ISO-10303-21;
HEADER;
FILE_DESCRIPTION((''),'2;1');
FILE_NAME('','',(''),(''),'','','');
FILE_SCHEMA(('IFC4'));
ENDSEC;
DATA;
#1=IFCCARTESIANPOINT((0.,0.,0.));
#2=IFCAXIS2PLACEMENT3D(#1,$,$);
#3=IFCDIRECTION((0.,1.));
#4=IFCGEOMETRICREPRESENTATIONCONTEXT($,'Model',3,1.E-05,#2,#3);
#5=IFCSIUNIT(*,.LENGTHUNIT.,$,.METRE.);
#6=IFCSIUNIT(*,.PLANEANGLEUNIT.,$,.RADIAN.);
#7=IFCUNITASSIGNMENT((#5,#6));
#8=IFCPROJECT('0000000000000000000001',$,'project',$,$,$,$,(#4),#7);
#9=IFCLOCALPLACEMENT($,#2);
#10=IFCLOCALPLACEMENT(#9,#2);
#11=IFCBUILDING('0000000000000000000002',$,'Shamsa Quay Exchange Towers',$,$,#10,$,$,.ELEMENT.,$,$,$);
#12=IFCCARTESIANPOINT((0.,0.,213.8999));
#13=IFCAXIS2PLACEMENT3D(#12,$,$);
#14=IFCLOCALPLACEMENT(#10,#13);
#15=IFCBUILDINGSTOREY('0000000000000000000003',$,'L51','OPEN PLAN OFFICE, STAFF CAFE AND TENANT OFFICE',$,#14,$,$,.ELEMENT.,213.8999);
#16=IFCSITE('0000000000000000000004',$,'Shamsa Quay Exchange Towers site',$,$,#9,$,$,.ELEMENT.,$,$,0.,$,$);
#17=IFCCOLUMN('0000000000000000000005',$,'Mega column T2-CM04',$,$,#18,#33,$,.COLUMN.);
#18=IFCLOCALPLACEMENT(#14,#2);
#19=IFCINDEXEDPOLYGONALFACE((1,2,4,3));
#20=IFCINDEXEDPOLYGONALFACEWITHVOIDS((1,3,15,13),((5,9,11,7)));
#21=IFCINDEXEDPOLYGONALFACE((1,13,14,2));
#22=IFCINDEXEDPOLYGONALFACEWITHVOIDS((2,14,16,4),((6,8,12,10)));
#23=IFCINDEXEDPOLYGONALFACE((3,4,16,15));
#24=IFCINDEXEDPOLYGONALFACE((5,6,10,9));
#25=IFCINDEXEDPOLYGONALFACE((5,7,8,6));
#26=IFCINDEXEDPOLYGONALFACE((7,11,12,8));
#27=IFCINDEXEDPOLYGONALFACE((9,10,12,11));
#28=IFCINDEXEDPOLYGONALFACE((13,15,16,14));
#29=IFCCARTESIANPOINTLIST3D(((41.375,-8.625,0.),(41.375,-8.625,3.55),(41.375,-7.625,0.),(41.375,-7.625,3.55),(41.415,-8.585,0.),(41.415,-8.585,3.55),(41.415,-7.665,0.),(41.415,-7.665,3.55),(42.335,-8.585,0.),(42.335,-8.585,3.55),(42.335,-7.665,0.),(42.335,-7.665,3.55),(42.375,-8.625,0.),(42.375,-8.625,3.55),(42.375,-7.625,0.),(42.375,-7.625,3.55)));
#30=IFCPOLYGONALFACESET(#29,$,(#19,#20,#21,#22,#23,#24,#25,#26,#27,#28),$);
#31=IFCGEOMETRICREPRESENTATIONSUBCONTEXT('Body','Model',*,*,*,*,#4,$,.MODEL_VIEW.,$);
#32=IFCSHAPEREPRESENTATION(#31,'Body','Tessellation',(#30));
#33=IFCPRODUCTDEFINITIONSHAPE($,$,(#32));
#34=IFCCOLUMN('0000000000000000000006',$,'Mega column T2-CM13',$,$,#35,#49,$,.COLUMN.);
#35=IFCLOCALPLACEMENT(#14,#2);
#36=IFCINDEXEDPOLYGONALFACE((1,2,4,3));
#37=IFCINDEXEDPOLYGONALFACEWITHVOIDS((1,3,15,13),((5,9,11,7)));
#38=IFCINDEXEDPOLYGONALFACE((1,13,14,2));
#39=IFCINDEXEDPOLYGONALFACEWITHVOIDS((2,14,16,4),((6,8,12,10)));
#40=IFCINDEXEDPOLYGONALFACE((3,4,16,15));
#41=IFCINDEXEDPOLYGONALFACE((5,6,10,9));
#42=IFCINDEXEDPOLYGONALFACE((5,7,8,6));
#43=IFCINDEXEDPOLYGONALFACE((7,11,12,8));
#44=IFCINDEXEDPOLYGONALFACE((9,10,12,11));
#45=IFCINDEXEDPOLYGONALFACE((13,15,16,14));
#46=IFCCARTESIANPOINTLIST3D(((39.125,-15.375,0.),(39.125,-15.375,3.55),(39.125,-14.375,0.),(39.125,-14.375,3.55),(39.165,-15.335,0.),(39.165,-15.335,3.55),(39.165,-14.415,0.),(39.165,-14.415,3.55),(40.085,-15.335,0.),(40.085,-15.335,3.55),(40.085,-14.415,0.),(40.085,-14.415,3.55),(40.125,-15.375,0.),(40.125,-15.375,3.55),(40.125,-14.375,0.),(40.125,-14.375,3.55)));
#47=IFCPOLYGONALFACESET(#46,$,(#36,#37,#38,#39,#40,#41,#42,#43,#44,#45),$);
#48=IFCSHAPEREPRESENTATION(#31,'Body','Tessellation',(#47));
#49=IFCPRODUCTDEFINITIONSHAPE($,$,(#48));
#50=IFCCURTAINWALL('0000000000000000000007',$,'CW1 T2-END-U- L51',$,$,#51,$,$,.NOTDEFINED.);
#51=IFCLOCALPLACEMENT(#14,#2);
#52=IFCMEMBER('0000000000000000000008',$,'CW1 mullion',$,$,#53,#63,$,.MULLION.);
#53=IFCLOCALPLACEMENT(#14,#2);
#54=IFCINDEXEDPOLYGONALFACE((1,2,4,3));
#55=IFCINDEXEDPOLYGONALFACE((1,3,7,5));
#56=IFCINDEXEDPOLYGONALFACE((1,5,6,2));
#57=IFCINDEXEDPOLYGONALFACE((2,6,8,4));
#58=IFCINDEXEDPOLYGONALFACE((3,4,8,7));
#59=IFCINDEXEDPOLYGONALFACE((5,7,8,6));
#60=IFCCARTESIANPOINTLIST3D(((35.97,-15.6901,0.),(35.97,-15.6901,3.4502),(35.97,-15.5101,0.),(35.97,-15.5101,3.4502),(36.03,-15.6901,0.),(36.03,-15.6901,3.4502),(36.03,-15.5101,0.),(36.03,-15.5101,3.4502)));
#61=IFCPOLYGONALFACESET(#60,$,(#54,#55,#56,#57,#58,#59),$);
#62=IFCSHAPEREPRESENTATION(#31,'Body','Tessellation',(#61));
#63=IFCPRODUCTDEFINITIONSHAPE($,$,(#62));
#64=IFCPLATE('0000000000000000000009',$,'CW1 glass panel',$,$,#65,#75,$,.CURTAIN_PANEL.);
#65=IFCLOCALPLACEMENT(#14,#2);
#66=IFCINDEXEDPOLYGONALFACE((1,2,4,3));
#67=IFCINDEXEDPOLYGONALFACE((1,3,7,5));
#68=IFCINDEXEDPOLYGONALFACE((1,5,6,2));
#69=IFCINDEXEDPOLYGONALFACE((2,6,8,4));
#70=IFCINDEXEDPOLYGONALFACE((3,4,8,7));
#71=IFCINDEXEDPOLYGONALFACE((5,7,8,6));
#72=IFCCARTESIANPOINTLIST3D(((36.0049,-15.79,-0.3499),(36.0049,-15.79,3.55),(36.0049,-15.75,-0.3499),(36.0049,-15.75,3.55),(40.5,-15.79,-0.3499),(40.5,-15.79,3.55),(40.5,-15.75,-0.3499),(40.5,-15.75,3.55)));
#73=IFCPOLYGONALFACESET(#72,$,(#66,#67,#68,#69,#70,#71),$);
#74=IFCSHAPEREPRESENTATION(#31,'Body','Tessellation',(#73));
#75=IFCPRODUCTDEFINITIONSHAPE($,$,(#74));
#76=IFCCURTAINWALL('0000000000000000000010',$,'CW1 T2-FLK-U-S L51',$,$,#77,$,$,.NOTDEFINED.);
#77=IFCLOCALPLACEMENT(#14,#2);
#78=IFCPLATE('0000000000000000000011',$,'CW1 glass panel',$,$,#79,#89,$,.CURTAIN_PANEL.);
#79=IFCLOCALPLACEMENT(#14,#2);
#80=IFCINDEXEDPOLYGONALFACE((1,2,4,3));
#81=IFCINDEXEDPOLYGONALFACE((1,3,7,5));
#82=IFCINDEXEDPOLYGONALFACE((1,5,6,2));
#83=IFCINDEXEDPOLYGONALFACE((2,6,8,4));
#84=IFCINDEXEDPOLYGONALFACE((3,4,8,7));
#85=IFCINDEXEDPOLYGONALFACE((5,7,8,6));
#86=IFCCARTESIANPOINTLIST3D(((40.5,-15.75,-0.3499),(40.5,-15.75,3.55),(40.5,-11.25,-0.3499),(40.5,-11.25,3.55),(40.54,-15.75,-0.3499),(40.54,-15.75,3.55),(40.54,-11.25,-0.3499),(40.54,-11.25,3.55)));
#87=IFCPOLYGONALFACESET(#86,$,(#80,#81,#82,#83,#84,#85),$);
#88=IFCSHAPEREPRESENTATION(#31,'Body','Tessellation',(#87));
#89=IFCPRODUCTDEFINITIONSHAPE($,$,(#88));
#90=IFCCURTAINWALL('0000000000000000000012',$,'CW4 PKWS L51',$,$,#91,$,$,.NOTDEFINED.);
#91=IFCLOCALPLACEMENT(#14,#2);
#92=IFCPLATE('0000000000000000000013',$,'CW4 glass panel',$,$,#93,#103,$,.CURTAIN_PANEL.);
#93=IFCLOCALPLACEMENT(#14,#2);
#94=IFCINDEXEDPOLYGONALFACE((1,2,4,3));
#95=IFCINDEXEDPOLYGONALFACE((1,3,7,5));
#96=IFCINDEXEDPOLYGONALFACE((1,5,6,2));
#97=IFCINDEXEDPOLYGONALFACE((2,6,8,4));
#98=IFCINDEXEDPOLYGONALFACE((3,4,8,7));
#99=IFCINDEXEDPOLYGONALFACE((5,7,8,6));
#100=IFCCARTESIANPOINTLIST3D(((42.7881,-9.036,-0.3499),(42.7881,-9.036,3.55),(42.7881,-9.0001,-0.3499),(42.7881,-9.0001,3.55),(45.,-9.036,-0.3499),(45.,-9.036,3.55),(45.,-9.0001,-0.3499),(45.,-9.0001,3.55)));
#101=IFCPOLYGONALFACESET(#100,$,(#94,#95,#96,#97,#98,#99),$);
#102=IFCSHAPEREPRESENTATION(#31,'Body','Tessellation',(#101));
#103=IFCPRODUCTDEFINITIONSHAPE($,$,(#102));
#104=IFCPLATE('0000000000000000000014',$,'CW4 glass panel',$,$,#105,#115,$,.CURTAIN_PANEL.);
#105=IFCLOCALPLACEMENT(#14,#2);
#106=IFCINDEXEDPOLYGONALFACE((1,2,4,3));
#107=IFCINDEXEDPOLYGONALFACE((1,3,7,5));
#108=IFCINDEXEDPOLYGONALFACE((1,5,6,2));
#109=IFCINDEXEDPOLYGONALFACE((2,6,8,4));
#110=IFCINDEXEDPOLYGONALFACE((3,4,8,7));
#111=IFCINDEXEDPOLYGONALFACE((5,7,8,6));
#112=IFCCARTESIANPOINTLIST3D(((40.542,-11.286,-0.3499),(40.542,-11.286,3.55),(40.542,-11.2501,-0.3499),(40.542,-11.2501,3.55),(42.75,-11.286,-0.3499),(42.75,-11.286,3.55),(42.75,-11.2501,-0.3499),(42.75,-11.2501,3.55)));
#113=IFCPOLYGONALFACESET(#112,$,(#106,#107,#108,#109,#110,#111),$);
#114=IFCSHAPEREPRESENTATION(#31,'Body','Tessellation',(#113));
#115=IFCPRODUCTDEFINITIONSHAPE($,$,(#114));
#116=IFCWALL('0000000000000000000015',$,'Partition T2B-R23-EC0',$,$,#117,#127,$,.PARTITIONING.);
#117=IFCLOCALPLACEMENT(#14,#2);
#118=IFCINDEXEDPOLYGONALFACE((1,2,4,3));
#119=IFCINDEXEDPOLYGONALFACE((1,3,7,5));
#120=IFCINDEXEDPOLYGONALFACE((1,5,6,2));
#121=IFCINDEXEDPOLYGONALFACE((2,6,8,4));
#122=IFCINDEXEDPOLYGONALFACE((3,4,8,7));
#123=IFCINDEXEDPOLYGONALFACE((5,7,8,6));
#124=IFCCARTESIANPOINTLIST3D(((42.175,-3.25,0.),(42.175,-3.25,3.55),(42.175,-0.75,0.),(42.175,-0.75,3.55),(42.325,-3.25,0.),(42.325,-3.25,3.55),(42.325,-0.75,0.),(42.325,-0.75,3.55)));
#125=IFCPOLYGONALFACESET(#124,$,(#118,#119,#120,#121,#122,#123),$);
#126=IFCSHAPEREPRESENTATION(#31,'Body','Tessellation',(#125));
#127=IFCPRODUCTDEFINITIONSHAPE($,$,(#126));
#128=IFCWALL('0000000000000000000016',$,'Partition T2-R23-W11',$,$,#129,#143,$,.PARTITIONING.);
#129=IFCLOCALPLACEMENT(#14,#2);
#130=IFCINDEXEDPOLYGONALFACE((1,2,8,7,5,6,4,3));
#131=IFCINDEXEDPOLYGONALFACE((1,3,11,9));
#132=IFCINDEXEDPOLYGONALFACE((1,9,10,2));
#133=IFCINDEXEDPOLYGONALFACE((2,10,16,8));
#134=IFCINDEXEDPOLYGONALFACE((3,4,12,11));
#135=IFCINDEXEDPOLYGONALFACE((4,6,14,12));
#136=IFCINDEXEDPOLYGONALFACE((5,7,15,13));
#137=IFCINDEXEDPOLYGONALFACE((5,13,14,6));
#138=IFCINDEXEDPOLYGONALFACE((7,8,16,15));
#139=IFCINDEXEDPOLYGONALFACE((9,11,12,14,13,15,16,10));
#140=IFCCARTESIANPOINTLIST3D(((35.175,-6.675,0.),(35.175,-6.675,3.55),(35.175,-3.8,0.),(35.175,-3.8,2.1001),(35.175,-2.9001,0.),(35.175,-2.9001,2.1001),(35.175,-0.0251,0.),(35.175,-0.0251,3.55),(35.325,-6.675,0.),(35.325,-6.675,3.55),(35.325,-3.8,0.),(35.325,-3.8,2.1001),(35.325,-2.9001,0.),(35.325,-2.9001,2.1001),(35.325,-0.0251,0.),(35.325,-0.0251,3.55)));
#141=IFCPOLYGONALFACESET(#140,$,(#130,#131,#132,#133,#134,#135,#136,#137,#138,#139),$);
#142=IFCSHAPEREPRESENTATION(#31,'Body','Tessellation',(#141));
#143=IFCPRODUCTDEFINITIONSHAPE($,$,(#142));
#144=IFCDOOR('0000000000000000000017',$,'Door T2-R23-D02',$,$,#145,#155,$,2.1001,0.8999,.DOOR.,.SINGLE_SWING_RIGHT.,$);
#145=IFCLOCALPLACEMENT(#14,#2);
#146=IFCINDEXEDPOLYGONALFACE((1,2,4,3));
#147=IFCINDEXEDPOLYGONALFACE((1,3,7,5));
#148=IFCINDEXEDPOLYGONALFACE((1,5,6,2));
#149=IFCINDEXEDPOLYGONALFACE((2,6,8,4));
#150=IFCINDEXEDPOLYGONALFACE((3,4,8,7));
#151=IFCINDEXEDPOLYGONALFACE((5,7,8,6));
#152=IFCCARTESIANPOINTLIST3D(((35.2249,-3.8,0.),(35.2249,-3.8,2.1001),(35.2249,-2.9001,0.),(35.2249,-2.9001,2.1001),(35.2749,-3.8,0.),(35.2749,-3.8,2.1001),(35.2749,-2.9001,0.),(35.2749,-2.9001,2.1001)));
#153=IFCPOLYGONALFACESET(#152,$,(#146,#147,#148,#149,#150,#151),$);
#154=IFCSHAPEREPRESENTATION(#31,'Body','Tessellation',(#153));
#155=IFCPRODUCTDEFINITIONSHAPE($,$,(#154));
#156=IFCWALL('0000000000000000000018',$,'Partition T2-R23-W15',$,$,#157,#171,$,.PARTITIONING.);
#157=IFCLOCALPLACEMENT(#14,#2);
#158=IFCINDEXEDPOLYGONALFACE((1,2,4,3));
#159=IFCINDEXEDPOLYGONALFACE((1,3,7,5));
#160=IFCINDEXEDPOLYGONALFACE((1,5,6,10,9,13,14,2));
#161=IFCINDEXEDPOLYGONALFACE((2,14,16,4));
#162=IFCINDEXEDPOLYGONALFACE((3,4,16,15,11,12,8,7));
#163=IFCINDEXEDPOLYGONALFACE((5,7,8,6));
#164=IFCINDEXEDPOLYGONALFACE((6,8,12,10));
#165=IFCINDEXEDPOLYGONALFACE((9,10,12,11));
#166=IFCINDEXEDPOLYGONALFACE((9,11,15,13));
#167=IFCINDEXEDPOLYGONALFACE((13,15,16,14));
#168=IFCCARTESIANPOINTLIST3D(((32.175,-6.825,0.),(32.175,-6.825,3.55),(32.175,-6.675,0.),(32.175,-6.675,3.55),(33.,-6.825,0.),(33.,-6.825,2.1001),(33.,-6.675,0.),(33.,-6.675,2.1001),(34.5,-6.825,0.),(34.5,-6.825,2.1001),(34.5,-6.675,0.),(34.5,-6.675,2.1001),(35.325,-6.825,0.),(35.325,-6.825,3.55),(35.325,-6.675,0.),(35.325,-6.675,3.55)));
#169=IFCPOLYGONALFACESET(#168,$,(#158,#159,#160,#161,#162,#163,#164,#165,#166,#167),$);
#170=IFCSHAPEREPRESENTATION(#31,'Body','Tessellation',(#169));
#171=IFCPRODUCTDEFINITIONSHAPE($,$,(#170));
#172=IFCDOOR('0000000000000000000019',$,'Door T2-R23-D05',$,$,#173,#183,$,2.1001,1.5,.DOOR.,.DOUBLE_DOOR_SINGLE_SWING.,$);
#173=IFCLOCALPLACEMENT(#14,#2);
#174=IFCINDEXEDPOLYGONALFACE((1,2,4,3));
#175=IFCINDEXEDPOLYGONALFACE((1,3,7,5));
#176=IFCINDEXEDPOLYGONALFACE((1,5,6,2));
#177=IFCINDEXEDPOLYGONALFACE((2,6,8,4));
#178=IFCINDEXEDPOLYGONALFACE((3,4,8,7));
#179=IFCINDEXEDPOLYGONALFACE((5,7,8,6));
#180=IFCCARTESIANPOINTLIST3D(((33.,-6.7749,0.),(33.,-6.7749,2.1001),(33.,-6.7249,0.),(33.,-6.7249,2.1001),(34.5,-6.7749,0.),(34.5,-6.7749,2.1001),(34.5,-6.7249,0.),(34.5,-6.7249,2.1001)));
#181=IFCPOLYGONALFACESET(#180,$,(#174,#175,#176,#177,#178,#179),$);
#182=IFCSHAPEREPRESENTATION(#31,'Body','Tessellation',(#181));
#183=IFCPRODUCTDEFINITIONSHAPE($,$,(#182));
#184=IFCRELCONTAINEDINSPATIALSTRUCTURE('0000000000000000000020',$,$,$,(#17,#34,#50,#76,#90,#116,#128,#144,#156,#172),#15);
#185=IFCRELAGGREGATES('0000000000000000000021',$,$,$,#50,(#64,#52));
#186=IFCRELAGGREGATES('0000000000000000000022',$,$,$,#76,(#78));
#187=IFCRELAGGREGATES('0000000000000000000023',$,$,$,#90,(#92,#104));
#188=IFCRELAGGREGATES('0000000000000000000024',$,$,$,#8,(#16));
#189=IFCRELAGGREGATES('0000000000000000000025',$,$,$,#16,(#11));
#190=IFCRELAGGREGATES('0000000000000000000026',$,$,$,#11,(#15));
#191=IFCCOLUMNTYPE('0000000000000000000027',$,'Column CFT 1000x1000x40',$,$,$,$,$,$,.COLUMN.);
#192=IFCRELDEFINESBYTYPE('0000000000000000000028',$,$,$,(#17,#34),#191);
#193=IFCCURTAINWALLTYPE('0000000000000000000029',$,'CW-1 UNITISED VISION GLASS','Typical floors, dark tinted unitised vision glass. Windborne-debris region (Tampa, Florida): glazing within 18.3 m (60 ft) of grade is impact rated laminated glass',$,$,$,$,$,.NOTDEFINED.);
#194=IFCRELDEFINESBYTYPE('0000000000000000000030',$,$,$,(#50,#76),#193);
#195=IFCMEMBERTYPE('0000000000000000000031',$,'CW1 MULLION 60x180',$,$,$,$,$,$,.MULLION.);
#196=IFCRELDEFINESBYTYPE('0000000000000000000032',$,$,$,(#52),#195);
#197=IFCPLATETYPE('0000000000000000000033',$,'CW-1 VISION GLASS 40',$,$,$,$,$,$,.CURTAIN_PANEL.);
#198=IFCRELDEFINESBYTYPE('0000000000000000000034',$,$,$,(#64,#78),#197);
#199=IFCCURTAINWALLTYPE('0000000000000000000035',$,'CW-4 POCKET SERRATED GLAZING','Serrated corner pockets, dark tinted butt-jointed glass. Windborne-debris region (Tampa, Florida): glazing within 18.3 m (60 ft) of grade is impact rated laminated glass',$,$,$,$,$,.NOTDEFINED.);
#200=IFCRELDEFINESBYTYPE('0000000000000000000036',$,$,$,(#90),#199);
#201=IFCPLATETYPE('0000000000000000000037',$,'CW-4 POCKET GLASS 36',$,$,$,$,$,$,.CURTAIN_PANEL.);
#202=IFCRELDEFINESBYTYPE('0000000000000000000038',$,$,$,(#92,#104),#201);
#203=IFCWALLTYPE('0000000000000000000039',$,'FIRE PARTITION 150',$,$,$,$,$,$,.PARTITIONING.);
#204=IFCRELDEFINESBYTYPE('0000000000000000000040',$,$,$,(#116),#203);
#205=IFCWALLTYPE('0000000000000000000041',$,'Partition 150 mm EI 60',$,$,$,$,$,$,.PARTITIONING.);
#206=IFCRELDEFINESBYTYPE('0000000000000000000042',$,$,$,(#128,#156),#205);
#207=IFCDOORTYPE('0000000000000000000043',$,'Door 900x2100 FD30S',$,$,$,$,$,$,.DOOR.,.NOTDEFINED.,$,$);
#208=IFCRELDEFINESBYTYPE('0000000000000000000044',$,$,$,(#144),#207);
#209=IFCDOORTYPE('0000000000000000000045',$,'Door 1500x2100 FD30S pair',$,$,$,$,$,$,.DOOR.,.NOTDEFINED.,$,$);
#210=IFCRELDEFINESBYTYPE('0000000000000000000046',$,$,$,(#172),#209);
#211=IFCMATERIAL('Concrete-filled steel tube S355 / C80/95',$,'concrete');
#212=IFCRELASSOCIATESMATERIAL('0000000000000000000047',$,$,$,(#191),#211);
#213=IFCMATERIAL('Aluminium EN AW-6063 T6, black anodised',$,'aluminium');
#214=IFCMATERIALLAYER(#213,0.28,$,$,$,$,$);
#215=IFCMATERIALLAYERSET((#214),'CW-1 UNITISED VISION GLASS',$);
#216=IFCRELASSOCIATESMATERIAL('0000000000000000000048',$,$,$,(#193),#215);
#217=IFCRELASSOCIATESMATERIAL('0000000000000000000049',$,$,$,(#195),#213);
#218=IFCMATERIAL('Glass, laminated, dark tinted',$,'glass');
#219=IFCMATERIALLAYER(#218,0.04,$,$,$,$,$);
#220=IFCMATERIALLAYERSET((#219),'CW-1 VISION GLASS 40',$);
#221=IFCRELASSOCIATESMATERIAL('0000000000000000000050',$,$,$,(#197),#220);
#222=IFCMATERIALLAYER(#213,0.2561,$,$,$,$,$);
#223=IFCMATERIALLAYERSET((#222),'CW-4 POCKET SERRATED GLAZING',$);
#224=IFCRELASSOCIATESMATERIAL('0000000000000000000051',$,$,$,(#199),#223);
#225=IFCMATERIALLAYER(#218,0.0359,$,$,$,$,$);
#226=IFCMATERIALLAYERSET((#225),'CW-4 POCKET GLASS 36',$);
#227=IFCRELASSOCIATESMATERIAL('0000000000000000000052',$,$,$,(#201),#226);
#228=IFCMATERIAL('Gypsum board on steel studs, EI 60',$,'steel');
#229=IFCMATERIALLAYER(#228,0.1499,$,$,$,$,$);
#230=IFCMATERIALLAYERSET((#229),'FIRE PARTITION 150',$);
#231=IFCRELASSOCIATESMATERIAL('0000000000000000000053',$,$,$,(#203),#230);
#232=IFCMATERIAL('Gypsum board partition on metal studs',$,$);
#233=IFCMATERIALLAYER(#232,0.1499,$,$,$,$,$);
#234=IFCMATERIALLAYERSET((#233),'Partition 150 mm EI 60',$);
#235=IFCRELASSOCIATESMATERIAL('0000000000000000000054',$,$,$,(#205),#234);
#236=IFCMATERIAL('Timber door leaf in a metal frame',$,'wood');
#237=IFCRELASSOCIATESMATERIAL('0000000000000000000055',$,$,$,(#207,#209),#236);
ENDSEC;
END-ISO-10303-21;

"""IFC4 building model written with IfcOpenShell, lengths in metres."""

from ifc_helpers import new_model, si_unit, direction, frame, frame_2d, origin, origin_2d, place, context, subcontext, project, spatial, rectangle, hollow_rectangle, extrude, material, layer, layer_set, material_profile, profile_set, type_object, element, fill, aggregate, save


model = new_model("IFC4")

# Units and contexts
model_context = context("Model", 3, precision=1e-05, world=origin(), true_north=direction((0.0, 1.0)))
body_context = subcontext(model_context, "Body", "Model", "MODEL_VIEW")
ifc_project = project(units=[si_unit("LENGTHUNIT", "METRE"), si_unit("PLANEANGLEUNIT", "RADIAN")], contexts=[model_context])

# Site, building, storey
site_placement = place(None, origin())
site = spatial("IfcSite", under=ifc_project, at=site_placement, Name="Shamsa Quay Exchange Towers site", CompositionType="ELEMENT", RefElevation=0.0)
building_placement = place(site_placement, origin())
building = spatial("IfcBuilding", under=site, at=building_placement, Name="Shamsa Quay Exchange Towers", CompositionType="ELEMENT")
storey_placement = place(building_placement, frame((0.0, 0.0, 213.8999)))
storey = spatial("IfcBuildingStorey", under=building, at=storey_placement, Name="L51", Description="OPEN PLAN OFFICE, STAFF CAFE AND TENANT OFFICE", CompositionType="ELEMENT", Elevation=213.8999)

# Columns
ifc_material_1 = material(Name="Concrete-filled steel tube S355 / C80/95", Category="concrete")
ifc_material_profile_1 = material_profile(ifc_material_1, hollow_rectangle(XDim=1.0, YDim=1.0, WallThickness=0.04, at=origin_2d()), Name="CFT 1000x1000x40")
ifc_profile_set_1 = profile_set([ifc_material_profile_1], Name="Concrete-filled steel tube S355 / C80/95")
column_type = type_object("IfcColumnType", Name="Column CFT 1000x1000x40", PredefinedType="COLUMN", material=ifc_profile_set_1)
for number, where, name in (
    (1, (41.875, -8.125, 0.0), "Mega column T2-CM04"),
    (2, (39.625, -14.875, 0.0), "Mega column T2-CM13"),
):
    element("IfcColumn", number, at=place(storey_placement, frame(where)), inside=storey, type_object=column_type, Name=name, PredefinedType="COLUMN", context=body_context, shape_type="SweptSolid", body=[
        extrude(hollow_rectangle(XDim=1.0, YDim=1.0, WallThickness=0.04, at=origin_2d()), origin(), (0.0, 0.0, 1.0), 3.55),
    ])

# Curtain wall, member, plate
ifc_material_2 = material(Name="Aluminium EN AW-6063 T6, black anodised", Category="aluminium")
ifc_layer_1 = layer(ifc_material_2, 0.28)
ifc_layer_set_1 = layer_set([ifc_layer_1], Name="CW-1 UNITISED VISION GLASS")
curtain_wall_type_1 = type_object("IfcCurtainWallType", Name="CW-1 UNITISED VISION GLASS", Description="Typical floors, dark tinted unitised vision glass. Windborne-debris region (Tampa, Florida): glazing within 18.3 m (60 ft) of grade is impact rated laminated glass", PredefinedType="NOTDEFINED", material=ifc_layer_set_1)
curtain_wall_1_placement = place(storey_placement, origin())
curtain_wall_1 = element("IfcCurtainWall", 3, at=curtain_wall_1_placement, inside=storey, type_object=curtain_wall_type_1, Name="CW1 T2-END-U- L51", PredefinedType="NOTDEFINED")
ifc_material_profile_2 = material_profile(ifc_material_2, rectangle(XDim=0.1799, YDim=0.0601, at=origin_2d()), Name="MU60x180")
ifc_profile_set_2 = profile_set([ifc_material_profile_2], Name="Aluminium EN AW-6063 T6, black anodised")
member_type = type_object("IfcMemberType", Name="CW1 MULLION 60x180", PredefinedType="MULLION", material=ifc_profile_set_2)
member_placement = place(storey_placement, frame((36.0, -15.6001, 0.0), z_axis=(0.0, 0.0, 1.0), x_axis=(0.0, 1.0, 0.0)))
member = element("IfcMember", 4, at=member_placement, type_object=member_type, Name="CW1 mullion", PredefinedType="MULLION", context=body_context, shape_type="SweptSolid", body=[
    extrude(rectangle(XDim=0.1799, YDim=0.0601, at=origin_2d()), origin(), (0.0, 0.0, 1.0), 3.4502),
])
ifc_material_3 = material(Name="Glass, laminated, dark tinted", Category="glass")
ifc_layer_2 = layer(ifc_material_3, 0.04)
ifc_layer_set_2 = layer_set([ifc_layer_2], Name="CW-1 VISION GLASS 40")
plate_type_1 = type_object("IfcPlateType", Name="CW-1 VISION GLASS 40", PredefinedType="CURTAIN_PANEL", material=ifc_layer_set_2)
plate_1_placement = place(storey_placement, frame((38.2524, -15.77, -0.3499)))
plate_1 = element("IfcPlate", 5, at=plate_1_placement, type_object=plate_type_1, Name="CW1 glass panel", PredefinedType="CURTAIN_PANEL", context=body_context, shape_type="SweptSolid", body=[
    extrude(rectangle(XDim=4.4951, YDim=0.04, at=origin_2d()), origin(), (0.0, 0.0, 1.0), 3.8999),
])
aggregate(curtain_wall_1, [plate_1, member])

# Curtain wall, plate
curtain_wall_2_placement = place(storey_placement, origin())
curtain_wall_2 = element("IfcCurtainWall", 6, at=curtain_wall_2_placement, inside=storey, type_object=curtain_wall_type_1, Name="CW1 T2-FLK-U-S L51", PredefinedType="NOTDEFINED")
plate_2_placement = place(storey_placement, frame((40.52, -13.5, -0.3499), z_axis=(0.0, 0.0, 1.0), x_axis=(0.0, 1.0, 0.0)))
plate_2 = element("IfcPlate", 7, at=plate_2_placement, type_object=plate_type_1, Name="CW1 glass panel", PredefinedType="CURTAIN_PANEL", context=body_context, shape_type="SweptSolid", body=[
    extrude(rectangle(XDim=4.5, YDim=0.04, at=origin_2d()), origin(), (0.0, 0.0, 1.0), 3.8999),
])
aggregate(curtain_wall_2, [plate_2])

# Curtain wall, plates
ifc_layer_3 = layer(ifc_material_2, 0.2561)
ifc_layer_set_3 = layer_set([ifc_layer_3], Name="CW-4 POCKET SERRATED GLAZING")
curtain_wall_type_2 = type_object("IfcCurtainWallType", Name="CW-4 POCKET SERRATED GLAZING", Description="Serrated corner pockets, dark tinted butt-jointed glass. Windborne-debris region (Tampa, Florida): glazing within 18.3 m (60 ft) of grade is impact rated laminated glass", PredefinedType="NOTDEFINED", material=ifc_layer_set_3)
curtain_wall_3_placement = place(storey_placement, origin())
curtain_wall_3 = element("IfcCurtainWall", 8, at=curtain_wall_3_placement, inside=storey, type_object=curtain_wall_type_2, Name="CW4 PKWS L51", PredefinedType="NOTDEFINED")
ifc_layer_4 = layer(ifc_material_3, 0.0359)
ifc_layer_set_4 = layer_set([ifc_layer_4], Name="CW-4 POCKET GLASS 36")
plate_type_2 = type_object("IfcPlateType", Name="CW-4 POCKET GLASS 36", PredefinedType="CURTAIN_PANEL", material=ifc_layer_set_4)
plate_3_placement = place(storey_placement, frame((43.894, -9.0181, -0.3499)))
plate_3 = element("IfcPlate", 9, at=plate_3_placement, type_object=plate_type_2, Name="CW4 glass panel", PredefinedType="CURTAIN_PANEL", context=body_context, shape_type="SweptSolid", body=[
    extrude(rectangle(XDim=2.2119, YDim=0.0359, at=origin_2d()), origin(), (0.0, 0.0, 1.0), 3.8999),
])
plate_4_placement = place(storey_placement, frame((41.646, -11.2681, -0.3499)))
plate_4 = element("IfcPlate", 10, at=plate_4_placement, type_object=plate_type_2, Name="CW4 glass panel", PredefinedType="CURTAIN_PANEL", context=body_context, shape_type="SweptSolid", body=[
    extrude(rectangle(XDim=2.208, YDim=0.0359, at=origin_2d()), origin(), (0.0, 0.0, 1.0), 3.8999),
])
aggregate(curtain_wall_3, [plate_3, plate_4])

# Wall
ifc_material_4 = material(Name="Gypsum board on steel studs, EI 60", Category="steel")
ifc_layer_5 = layer(ifc_material_4, 0.1499)
ifc_layer_set_5 = layer_set([ifc_layer_5], Name="FIRE PARTITION 150")
wall_type_1 = type_object("IfcWallType", Name="FIRE PARTITION 150", PredefinedType="PARTITIONING", material=ifc_layer_set_5)
wall_1_placement = place(storey_placement, frame((42.25, -3.25, 0.0), z_axis=(0.0, 0.0, 1.0), x_axis=(0.0, 1.0, 0.0)))
element("IfcWall", 11, at=wall_1_placement, inside=storey, type_object=wall_type_1, Name="Partition T2B-R23-EC0", PredefinedType="PARTITIONING", context=body_context, shape_type="SweptSolid", body=[
    extrude(rectangle(XDim=2.5, YDim=0.1499, at=frame_2d((1.25, 0.0))), origin(), (0.0, 0.0, 1.0), 3.55),
])

# Walls, openings, doors
ifc_material_5 = material(Name="Gypsum board partition on metal studs")
ifc_layer_6 = layer(ifc_material_5, 0.1499)
ifc_layer_set_6 = layer_set([ifc_layer_6], Name="Partition 150 mm EI 60")
wall_type_2 = type_object("IfcWallType", Name="Partition 150 mm EI 60", PredefinedType="PARTITIONING", material=ifc_layer_set_6)
wall_2_placement = place(storey_placement, frame((35.25, -0.0251, 0.0), z_axis=(0.0, 0.0, 1.0), x_axis=(0.0, -1.0, 0.0)))
wall_2 = element("IfcWall", 12, at=wall_2_placement, inside=storey, type_object=wall_type_2, Name="Partition T2-R23-W11", PredefinedType="PARTITIONING", context=body_context, shape_type="SweptSolid", body=[
    extrude(rectangle(XDim=6.6499, YDim=0.1499, at=frame_2d((3.325, 0.0))), origin(), (0.0, 0.0, 1.0), 3.55),
])
opening_1_placement = place(wall_2_placement, frame((2.875, 0.0, 0.0)))
opening_1 = element("IfcOpeningElement", 13, at=opening_1_placement, cuts=wall_2, PredefinedType="OPENING", context=body_context, shape_type="SweptSolid", body=[
    extrude(rectangle(XDim=0.8999, YDim=2.1001, at=frame_2d((0.45, 1.05))), frame((0.0, 0.085, 0.0), z_axis=(0.0, -1.0, 0.0), x_axis=(1.0, 0.0, 0.0)), (0.0, 0.0, 1.0), 0.1699),
])
ifc_material_6 = material(Name="Timber door leaf in a metal frame", Category="wood")
door_type_1 = type_object("IfcDoorType", Name="Door 900x2100 FD30S", OperationType="NOTDEFINED", PredefinedType="DOOR", material=ifc_material_6)
door_1_placement = place(opening_1_placement, origin())
door_1 = element("IfcDoor", 14, at=door_1_placement, inside=storey, type_object=door_type_1, Name="Door T2-R23-D02", OperationType="SINGLE_SWING_RIGHT", OverallHeight=2.1001, OverallWidth=0.8999, PredefinedType="DOOR", context=body_context, shape_type="SweptSolid", body=[
    extrude(rectangle(XDim=0.8999, YDim=2.1001, at=frame_2d((0.45, 1.05))), frame((0.0, 0.0249, 0.0), z_axis=(0.0, -1.0, 0.0), x_axis=(1.0, 0.0, 0.0)), (0.0, 0.0, 1.0), 0.05),
])
fill(opening_1, door_1)
wall_3_placement = place(storey_placement, frame((35.325, -6.75, 0.0), z_axis=(0.0, 0.0, 1.0), x_axis=(-1.0, 0.0, 0.0)))
wall_3 = element("IfcWall", 15, at=wall_3_placement, inside=storey, type_object=wall_type_2, Name="Partition T2-R23-W15", PredefinedType="PARTITIONING", context=body_context, shape_type="SweptSolid", body=[
    extrude(rectangle(XDim=3.1499, YDim=0.1499, at=frame_2d((1.575, 0.0))), origin(), (0.0, 0.0, 1.0), 3.55),
])
opening_2_placement = place(wall_3_placement, frame((0.825, 0.0, 0.0)))
opening_2 = element("IfcOpeningElement", 16, at=opening_2_placement, cuts=wall_3, PredefinedType="OPENING", context=body_context, shape_type="SweptSolid", body=[
    extrude(rectangle(XDim=1.5, YDim=2.1001, at=frame_2d((0.75, 1.05))), frame((0.0, 0.085, 0.0), z_axis=(0.0, -1.0, 0.0), x_axis=(1.0, 0.0, 0.0)), (0.0, 0.0, 1.0), 0.1699),
])
door_type_2 = type_object("IfcDoorType", Name="Door 1500x2100 FD30S pair", OperationType="NOTDEFINED", PredefinedType="DOOR", material=ifc_material_6)
door_2_placement = place(opening_2_placement, origin())
door_2 = element("IfcDoor", 17, at=door_2_placement, inside=storey, type_object=door_type_2, Name="Door T2-R23-D05", OperationType="DOUBLE_DOOR_SINGLE_SWING", OverallHeight=2.1001, OverallWidth=1.5, PredefinedType="DOOR", context=body_context, shape_type="SweptSolid", body=[
    extrude(rectangle(XDim=1.5, YDim=2.1001, at=frame_2d((0.75, 1.05))), frame((0.0, 0.0249, 0.0), z_axis=(0.0, -1.0, 0.0), x_axis=(1.0, 0.0, 0.0)), (0.0, 0.0, 1.0), 0.05),
])
fill(opening_2, door_2)

save(model, "model.ifc")
